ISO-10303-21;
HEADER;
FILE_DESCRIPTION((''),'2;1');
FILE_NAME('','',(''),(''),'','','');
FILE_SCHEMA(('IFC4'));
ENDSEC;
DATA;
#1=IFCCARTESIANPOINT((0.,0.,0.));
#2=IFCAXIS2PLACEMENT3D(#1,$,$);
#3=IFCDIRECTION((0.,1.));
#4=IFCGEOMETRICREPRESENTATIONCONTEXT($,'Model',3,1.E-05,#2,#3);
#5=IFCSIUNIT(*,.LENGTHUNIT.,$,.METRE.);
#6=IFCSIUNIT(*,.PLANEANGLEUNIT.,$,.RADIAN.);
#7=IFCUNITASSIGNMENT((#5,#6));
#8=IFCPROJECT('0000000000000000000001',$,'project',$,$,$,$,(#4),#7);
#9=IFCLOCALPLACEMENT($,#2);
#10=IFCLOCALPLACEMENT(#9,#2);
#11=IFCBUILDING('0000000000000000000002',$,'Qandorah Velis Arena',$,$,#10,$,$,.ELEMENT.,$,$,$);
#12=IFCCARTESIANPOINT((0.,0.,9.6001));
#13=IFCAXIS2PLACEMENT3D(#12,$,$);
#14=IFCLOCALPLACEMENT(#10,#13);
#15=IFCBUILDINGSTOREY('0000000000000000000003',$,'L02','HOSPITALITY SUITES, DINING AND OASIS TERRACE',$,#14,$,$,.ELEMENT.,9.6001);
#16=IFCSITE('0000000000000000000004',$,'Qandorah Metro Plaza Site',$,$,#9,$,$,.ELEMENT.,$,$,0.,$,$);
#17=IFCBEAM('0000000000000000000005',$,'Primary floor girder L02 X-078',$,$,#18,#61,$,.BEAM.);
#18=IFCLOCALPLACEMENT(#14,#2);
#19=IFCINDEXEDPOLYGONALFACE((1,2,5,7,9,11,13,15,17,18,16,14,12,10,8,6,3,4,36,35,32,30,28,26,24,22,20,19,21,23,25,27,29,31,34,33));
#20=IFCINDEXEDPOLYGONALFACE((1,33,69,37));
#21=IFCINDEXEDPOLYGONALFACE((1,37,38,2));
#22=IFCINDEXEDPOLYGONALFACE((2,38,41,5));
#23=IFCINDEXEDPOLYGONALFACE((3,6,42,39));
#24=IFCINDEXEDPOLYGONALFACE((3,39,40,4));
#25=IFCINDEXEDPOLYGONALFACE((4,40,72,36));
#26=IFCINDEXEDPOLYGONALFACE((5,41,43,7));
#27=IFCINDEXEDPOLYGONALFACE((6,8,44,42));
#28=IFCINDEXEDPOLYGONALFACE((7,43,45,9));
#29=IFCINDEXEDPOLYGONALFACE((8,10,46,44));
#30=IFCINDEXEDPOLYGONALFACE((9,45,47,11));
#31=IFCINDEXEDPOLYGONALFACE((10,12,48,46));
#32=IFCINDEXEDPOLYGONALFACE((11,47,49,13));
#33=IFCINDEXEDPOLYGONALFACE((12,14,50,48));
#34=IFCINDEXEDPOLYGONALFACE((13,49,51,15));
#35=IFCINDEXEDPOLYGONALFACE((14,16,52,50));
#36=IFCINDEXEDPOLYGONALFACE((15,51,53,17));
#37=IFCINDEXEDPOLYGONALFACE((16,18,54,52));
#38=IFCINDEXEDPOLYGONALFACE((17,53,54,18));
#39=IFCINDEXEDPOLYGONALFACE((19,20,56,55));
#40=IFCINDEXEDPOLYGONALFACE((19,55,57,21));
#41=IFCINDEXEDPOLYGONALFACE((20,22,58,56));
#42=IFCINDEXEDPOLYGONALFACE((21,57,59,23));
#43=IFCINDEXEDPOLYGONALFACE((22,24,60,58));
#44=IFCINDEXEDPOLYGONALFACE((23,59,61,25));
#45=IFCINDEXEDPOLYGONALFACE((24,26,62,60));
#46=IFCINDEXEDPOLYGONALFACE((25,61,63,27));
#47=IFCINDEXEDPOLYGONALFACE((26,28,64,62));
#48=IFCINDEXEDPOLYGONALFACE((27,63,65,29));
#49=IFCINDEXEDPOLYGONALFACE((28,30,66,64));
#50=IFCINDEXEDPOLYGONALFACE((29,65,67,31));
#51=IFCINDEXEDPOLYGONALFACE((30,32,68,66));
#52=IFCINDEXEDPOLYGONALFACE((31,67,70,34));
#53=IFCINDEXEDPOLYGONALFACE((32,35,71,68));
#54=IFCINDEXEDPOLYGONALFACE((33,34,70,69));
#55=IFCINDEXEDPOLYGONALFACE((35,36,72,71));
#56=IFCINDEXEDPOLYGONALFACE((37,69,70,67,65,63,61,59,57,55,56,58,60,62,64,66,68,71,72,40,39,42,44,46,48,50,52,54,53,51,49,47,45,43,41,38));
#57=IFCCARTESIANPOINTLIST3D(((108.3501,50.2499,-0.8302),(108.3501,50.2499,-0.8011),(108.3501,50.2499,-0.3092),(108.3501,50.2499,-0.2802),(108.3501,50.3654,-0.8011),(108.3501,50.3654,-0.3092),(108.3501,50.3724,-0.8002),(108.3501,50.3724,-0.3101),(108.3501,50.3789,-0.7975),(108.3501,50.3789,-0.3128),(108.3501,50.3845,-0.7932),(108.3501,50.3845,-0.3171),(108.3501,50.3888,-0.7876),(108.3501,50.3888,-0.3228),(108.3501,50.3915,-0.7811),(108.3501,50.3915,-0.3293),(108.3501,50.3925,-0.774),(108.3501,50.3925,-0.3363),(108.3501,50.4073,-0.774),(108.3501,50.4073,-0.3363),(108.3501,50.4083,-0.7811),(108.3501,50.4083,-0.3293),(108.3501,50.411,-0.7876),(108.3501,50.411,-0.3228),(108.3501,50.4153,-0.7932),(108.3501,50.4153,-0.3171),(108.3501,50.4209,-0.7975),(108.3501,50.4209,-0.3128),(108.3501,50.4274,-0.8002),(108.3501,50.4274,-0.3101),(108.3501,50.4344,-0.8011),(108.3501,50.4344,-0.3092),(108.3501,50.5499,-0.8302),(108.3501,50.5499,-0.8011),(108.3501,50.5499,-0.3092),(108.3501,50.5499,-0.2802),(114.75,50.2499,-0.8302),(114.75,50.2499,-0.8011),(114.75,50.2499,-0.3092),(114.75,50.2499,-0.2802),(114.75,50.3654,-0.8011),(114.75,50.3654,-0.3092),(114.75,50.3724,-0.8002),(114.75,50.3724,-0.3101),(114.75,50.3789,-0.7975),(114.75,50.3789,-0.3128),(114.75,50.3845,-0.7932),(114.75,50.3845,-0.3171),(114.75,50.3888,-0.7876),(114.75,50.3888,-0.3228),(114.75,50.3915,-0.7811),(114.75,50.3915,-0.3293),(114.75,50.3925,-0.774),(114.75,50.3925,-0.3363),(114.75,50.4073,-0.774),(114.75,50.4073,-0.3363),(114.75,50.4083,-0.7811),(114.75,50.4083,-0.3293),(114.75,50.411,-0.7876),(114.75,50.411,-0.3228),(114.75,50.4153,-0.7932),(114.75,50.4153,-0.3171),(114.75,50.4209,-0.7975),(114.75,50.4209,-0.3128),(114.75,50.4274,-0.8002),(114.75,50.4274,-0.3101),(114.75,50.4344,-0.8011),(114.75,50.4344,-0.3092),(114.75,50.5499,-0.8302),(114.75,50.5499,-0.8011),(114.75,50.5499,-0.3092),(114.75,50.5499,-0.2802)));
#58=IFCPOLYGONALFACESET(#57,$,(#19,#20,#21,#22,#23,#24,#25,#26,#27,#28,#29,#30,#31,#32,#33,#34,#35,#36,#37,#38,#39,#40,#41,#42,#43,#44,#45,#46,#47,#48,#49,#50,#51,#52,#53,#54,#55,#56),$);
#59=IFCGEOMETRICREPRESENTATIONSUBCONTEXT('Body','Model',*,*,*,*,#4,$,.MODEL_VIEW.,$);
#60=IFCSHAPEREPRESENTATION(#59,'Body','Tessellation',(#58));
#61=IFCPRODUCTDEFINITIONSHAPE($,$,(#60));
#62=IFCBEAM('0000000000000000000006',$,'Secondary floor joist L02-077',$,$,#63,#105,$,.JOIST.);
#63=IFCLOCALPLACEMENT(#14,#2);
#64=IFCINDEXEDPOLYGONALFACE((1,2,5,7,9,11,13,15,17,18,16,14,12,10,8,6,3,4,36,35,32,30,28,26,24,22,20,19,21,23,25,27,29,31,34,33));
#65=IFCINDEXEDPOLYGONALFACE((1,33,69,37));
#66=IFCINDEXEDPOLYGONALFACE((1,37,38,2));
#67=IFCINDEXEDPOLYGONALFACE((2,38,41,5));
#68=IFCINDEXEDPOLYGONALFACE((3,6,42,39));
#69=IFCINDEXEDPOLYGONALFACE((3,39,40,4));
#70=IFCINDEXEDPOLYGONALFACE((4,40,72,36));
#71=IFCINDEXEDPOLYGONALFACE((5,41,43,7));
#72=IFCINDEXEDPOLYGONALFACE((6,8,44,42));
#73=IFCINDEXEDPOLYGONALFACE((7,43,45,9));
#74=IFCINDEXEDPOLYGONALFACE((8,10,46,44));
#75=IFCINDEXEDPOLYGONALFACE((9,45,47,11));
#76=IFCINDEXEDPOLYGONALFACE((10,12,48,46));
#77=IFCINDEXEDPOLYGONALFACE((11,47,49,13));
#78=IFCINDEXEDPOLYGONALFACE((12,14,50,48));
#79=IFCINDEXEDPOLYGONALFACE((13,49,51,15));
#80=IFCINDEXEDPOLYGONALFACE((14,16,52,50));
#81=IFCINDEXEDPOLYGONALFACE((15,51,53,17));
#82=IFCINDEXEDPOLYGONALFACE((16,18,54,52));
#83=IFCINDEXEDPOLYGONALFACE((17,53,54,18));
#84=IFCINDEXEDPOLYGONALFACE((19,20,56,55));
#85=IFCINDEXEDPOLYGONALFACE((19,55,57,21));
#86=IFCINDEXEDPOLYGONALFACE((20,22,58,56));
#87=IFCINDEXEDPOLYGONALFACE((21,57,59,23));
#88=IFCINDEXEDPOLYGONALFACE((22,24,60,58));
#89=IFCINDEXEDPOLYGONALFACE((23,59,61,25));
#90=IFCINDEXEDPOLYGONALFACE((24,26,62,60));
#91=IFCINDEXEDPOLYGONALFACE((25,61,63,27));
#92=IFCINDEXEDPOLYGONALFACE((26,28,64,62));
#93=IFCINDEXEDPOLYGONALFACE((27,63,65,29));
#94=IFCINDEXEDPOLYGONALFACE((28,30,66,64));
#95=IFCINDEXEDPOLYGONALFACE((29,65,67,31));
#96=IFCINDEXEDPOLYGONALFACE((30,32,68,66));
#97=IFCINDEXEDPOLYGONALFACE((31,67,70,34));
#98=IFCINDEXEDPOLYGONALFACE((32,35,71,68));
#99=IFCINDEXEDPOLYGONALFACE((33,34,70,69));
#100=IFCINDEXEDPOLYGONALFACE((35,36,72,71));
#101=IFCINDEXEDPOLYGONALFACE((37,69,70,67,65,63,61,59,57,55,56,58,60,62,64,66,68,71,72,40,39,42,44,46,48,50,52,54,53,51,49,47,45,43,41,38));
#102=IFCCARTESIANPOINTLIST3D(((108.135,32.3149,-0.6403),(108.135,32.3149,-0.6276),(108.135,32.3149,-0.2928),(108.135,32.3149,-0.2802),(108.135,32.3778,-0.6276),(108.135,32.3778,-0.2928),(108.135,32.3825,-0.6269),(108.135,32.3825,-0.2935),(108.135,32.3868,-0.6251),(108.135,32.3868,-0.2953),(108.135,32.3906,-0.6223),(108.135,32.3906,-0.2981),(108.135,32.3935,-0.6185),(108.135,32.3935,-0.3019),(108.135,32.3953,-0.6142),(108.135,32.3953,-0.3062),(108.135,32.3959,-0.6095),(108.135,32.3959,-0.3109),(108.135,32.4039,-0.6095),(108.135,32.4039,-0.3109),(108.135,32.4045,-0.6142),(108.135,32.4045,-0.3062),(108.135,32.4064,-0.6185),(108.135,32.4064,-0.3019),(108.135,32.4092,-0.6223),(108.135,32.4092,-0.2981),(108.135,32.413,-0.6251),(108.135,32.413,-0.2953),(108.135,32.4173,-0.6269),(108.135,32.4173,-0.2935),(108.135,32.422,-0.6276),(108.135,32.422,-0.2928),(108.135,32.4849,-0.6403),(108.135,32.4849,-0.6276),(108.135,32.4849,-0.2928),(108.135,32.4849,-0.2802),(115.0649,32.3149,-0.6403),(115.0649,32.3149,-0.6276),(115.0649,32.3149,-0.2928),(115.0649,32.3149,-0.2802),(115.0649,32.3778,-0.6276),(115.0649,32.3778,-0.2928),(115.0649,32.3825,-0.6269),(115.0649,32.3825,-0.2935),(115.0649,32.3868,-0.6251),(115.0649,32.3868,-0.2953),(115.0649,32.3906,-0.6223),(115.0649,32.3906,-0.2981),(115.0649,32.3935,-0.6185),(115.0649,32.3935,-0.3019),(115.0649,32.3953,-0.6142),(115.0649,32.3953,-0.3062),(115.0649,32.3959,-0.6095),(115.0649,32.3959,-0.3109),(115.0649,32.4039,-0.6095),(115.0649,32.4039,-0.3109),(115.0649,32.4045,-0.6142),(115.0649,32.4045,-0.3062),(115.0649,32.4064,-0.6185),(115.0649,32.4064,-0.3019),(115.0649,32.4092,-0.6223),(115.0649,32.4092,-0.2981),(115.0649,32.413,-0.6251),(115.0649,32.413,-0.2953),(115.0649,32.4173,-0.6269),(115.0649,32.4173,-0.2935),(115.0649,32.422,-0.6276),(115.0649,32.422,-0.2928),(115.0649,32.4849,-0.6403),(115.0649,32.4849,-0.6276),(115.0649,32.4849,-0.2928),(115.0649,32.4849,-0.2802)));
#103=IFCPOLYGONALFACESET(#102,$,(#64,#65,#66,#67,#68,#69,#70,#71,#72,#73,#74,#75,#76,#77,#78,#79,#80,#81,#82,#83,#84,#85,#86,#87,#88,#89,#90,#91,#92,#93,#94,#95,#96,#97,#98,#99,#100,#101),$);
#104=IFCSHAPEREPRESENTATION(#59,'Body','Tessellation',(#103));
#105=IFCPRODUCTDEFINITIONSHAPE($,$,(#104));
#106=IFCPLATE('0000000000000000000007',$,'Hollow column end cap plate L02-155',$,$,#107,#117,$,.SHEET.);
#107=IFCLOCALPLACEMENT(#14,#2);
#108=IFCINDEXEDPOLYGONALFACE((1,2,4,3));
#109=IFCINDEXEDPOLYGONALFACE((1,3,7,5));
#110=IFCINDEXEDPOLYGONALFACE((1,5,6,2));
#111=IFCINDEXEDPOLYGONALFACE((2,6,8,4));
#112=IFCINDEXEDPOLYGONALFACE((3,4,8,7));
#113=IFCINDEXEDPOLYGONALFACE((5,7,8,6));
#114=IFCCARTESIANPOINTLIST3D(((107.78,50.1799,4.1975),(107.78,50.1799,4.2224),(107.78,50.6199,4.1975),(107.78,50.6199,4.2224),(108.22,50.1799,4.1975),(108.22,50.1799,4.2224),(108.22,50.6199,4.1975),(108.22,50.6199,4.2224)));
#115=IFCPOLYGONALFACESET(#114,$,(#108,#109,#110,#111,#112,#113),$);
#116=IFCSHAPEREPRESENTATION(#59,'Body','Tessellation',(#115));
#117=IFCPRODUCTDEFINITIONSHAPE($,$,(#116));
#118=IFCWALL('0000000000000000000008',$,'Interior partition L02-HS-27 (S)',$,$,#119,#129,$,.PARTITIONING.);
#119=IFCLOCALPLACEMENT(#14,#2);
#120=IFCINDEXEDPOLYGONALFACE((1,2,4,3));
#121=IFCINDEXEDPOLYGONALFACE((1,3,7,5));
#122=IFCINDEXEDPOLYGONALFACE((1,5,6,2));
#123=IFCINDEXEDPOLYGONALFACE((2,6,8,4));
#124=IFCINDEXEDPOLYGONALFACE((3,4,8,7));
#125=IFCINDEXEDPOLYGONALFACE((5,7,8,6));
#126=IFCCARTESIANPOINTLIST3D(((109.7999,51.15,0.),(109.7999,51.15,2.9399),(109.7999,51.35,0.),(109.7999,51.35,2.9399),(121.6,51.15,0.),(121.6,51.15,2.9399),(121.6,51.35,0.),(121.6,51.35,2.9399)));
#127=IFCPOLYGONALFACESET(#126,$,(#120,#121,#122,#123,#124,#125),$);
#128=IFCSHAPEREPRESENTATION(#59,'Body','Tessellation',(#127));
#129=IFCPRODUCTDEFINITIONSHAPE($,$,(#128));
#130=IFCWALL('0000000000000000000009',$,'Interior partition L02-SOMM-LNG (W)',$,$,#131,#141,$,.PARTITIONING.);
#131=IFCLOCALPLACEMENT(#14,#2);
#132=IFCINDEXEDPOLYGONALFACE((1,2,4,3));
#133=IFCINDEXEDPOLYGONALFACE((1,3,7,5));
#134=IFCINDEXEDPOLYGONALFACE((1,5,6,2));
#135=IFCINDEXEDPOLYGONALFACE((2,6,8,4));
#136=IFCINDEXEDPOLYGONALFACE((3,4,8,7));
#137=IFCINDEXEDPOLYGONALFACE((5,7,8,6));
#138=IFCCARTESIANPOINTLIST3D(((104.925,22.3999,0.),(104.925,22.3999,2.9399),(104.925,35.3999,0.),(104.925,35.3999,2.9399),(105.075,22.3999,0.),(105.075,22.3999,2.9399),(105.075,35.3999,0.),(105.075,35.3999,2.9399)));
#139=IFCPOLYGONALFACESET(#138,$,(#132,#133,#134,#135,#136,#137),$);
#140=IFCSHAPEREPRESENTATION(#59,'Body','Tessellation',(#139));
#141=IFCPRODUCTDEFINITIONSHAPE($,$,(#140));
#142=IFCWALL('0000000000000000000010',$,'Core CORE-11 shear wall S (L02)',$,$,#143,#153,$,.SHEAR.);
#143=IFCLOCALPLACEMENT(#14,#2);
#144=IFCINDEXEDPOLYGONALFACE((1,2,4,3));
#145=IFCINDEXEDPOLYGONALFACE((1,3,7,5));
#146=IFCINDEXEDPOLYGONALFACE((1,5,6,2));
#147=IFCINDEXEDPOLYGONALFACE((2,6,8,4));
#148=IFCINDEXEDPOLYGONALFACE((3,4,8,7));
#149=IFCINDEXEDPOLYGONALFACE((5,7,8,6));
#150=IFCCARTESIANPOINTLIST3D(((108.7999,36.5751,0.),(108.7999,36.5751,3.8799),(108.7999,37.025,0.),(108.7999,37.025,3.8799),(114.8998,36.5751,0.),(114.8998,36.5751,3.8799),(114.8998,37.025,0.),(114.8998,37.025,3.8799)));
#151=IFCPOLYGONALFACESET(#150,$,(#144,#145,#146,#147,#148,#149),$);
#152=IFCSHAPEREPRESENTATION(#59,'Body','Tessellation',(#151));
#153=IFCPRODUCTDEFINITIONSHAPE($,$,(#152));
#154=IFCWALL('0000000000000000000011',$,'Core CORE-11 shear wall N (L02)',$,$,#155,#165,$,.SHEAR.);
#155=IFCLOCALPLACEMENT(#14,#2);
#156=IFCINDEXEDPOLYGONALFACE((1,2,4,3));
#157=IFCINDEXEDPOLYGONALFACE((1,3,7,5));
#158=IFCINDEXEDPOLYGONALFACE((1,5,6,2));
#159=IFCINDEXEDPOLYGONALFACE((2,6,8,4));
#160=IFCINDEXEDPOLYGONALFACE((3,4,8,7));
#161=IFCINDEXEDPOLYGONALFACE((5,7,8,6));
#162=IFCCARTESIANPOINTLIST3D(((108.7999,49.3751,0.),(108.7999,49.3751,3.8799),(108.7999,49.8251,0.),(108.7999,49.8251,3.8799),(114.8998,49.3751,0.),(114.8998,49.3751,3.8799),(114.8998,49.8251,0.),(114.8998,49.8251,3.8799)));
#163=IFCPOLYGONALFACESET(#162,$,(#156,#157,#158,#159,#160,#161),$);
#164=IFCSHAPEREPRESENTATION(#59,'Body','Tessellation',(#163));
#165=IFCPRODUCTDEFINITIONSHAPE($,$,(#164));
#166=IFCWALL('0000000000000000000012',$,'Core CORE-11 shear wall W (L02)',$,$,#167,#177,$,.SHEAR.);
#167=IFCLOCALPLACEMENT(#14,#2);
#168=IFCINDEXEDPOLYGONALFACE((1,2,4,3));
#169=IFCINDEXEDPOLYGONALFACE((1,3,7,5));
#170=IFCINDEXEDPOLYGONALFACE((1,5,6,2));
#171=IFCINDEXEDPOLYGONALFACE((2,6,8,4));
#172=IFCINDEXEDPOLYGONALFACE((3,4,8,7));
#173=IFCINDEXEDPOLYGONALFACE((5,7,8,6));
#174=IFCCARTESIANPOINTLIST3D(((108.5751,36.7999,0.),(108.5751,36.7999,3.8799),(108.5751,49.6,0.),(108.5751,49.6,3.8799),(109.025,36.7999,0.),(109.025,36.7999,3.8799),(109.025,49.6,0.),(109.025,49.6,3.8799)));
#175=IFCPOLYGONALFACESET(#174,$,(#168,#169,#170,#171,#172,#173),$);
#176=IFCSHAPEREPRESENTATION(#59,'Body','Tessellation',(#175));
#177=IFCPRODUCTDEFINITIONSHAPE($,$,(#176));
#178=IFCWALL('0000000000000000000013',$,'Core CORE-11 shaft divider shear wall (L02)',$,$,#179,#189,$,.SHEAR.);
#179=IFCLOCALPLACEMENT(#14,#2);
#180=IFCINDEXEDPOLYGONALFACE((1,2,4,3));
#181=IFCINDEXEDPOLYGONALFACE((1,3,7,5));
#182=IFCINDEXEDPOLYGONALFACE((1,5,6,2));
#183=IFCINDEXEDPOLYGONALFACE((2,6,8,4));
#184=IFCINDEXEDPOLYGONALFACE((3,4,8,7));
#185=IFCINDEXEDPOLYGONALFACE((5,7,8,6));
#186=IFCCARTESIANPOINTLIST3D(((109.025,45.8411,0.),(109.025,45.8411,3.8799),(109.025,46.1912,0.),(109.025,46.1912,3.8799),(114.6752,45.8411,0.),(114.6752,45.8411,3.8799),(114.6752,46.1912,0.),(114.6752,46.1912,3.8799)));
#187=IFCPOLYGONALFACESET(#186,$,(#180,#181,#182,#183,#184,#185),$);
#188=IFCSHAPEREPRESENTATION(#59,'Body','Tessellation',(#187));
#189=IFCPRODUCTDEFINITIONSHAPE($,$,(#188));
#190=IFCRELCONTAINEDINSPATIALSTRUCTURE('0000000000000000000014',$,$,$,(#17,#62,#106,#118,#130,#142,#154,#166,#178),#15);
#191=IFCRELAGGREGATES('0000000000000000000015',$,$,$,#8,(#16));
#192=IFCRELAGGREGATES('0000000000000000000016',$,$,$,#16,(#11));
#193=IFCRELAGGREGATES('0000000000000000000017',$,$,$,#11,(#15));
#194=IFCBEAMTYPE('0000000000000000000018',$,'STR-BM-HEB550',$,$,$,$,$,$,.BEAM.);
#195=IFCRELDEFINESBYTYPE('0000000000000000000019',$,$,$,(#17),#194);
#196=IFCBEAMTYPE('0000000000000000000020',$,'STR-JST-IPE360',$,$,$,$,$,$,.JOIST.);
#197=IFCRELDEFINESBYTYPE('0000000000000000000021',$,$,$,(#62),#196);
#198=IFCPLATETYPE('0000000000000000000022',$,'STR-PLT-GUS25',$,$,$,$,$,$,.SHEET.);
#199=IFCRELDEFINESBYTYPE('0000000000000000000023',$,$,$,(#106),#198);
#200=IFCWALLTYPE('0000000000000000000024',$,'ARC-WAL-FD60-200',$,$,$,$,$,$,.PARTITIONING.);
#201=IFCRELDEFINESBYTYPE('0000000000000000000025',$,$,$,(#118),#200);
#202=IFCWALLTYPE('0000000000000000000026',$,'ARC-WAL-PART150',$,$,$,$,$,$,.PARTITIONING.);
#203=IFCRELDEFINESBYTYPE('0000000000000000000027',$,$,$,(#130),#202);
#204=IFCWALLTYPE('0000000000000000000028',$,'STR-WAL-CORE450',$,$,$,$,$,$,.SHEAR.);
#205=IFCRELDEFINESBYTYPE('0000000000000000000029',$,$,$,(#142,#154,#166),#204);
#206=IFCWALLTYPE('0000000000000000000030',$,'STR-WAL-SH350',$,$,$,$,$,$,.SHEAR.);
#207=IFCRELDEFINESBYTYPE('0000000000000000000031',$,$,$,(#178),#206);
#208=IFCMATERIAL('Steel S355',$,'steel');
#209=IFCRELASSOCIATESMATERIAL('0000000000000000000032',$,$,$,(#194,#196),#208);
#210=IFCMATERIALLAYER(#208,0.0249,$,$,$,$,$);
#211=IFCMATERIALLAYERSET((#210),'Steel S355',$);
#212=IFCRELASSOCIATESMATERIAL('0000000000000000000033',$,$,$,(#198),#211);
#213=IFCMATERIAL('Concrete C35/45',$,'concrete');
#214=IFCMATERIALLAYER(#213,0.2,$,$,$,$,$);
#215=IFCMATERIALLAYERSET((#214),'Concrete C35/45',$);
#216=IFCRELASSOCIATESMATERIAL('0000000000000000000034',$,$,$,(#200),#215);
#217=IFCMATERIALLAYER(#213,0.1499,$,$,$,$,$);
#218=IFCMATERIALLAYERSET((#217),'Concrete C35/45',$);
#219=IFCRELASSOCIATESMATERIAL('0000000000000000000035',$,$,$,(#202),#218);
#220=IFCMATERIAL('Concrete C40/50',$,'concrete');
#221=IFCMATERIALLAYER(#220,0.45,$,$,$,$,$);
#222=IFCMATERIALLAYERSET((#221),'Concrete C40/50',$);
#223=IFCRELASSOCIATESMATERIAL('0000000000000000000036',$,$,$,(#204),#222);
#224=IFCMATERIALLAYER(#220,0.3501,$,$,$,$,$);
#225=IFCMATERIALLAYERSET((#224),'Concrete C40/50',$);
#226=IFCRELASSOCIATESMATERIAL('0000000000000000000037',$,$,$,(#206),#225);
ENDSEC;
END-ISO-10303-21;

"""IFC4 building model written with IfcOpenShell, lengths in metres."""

from ifc_helpers import new_model, si_unit, direction, frame, frame_2d, origin, origin_2d, place, context, subcontext, project, spatial, rectangle, i_section, extrude, material, layer, layer_set, material_profile, profile_set, type_object, element, save


model = new_model("IFC4")

# Units and contexts
model_context = context("Model", 3, precision=1e-05, world=origin(), true_north=direction((0.0, 1.0)))
body_context = subcontext(model_context, "Body", "Model", "MODEL_VIEW")
ifc_project = project(units=[si_unit("LENGTHUNIT", "METRE"), si_unit("PLANEANGLEUNIT", "RADIAN")], contexts=[model_context])

# Site, building, storey
site_placement = place(None, origin())
site = spatial("IfcSite", under=ifc_project, at=site_placement, Name="Qandorah Metro Plaza Site", CompositionType="ELEMENT", RefElevation=0.0)
building_placement = place(site_placement, origin())
building = spatial("IfcBuilding", under=site, at=building_placement, Name="Qandorah Velis Arena", CompositionType="ELEMENT")
storey_placement = place(building_placement, frame((0.0, 0.0, 9.6001)))
storey = spatial("IfcBuildingStorey", under=building, at=storey_placement, Name="L02", Description="HOSPITALITY SUITES, DINING AND OASIS TERRACE", CompositionType="ELEMENT", Elevation=9.6001)

# Shared definitions
ifc_material_1 = material(Name="Concrete C40/50", Category="concrete")
ifc_material_2 = material(Name="Steel S355", Category="steel")

# Beams
ifc_material_profile_1 = material_profile(ifc_material_2, i_section(OverallWidth=0.3, OverallDepth=0.55, WebThickness=0.0149, FlangeThickness=0.0291, FilletRadius=0.0271, at=origin_2d()), Name="HEB 550")
ifc_profile_set_1 = profile_set([ifc_material_profile_1], Name="Steel S355")
beam_type_1 = type_object("IfcBeamType", Name="STR-BM-HEB550", PredefinedType="BEAM", material=ifc_profile_set_1)
beam_1_placement = place(storey_placement, frame((108.3501, 50.3999, -0.5552), z_axis=(1.0, 0.0, 0.0), x_axis=(0.0, 1.0, 0.0)))
element("IfcBeam", 1, at=beam_1_placement, inside=storey, type_object=beam_type_1, Name="Primary floor girder L02 X-078", PredefinedType="BEAM", context=body_context, shape_type="SweptSolid", body=[
    extrude(i_section(OverallWidth=0.3, OverallDepth=0.55, WebThickness=0.0149, FlangeThickness=0.0291, FilletRadius=0.0271, at=origin_2d()), origin(), (0.0, 0.0, 1.0), 6.3999),
])
ifc_material_profile_2 = material_profile(ifc_material_2, i_section(OverallWidth=0.1699, OverallDepth=0.3601, WebThickness=0.0081, FlangeThickness=0.0127, FilletRadius=0.0181, at=origin_2d()), Name="IPE 360")
ifc_profile_set_2 = profile_set([ifc_material_profile_2], Name="Steel S355")
beam_type_2 = type_object("IfcBeamType", Name="STR-JST-IPE360", PredefinedType="JOIST", material=ifc_profile_set_2)
beam_2_placement = place(storey_placement, frame((108.135, 32.3999, -0.4602), z_axis=(1.0, 0.0, 0.0), x_axis=(0.0, 1.0, 0.0)))
element("IfcBeam", 2, at=beam_2_placement, inside=storey, type_object=beam_type_2, Name="Secondary floor joist L02-077", PredefinedType="JOIST", context=body_context, shape_type="SweptSolid", body=[
    extrude(i_section(OverallWidth=0.1699, OverallDepth=0.3601, WebThickness=0.0081, FlangeThickness=0.0127, FilletRadius=0.0181, at=origin_2d()), origin(), (0.0, 0.0, 1.0), 6.9299),
])

# Plate
ifc_layer_1 = layer(ifc_material_2, 0.0249)
ifc_layer_set_1 = layer_set([ifc_layer_1], Name="Steel S355")
plate_type = type_object("IfcPlateType", Name="STR-PLT-GUS25", PredefinedType="SHEET", material=ifc_layer_set_1)
plate_placement = place(storey_placement, frame((108.0, 50.3999, 4.1975), z_axis=(0.0, 0.0, 1.0), x_axis=(1.0, 0.0, 0.0)))
element("IfcPlate", 3, at=plate_placement, inside=storey, type_object=plate_type, Name="Hollow column end cap plate L02-155", PredefinedType="SHEET", context=body_context, shape_type="SweptSolid", body=[
    extrude(rectangle(XDim=0.4399, YDim=0.4399, at=origin_2d()), origin(), (0.0, 0.0, 1.0), 0.0249),
])

# Walls
ifc_material_3 = material(Name="Concrete C35/45", Category="concrete")
ifc_layer_2 = layer(ifc_material_3, 0.2)
ifc_layer_set_2 = layer_set([ifc_layer_2], Name="Concrete C35/45")
wall_type_1 = type_object("IfcWallType", Name="ARC-WAL-FD60-200", PredefinedType="PARTITIONING", material=ifc_layer_set_2)
wall_1_placement = place(storey_placement, frame((109.8, 51.25, 0.0), z_axis=(0.0, 0.0, 1.0), x_axis=(1.0, 0.0, 0.0)))
element("IfcWall", 4, at=wall_1_placement, inside=storey, type_object=wall_type_1, Name="Interior partition L02-HS-27 (S)", PredefinedType="PARTITIONING", context=body_context, shape_type="SweptSolid", body=[
    extrude(rectangle(XDim=11.8, YDim=0.2, at=frame_2d((5.8999, 0.0))), origin(), (0.0, 0.0, 1.0), 2.9399),
])
ifc_layer_3 = layer(ifc_material_3, 0.1499)
ifc_layer_set_3 = layer_set([ifc_layer_3], Name="Concrete C35/45")
wall_type_2 = type_object("IfcWallType", Name="ARC-WAL-PART150", PredefinedType="PARTITIONING", material=ifc_layer_set_3)
wall_2_placement = place(storey_placement, frame((105.0, 35.3999, 0.0), z_axis=(0.0, 0.0, 1.0), x_axis=(0.0, -1.0, 0.0)))
element("IfcWall", 5, at=wall_2_placement, inside=storey, type_object=wall_type_2, Name="Interior partition L02-SOMM-LNG (W)", PredefinedType="PARTITIONING", context=body_context, shape_type="SweptSolid", body=[
    extrude(rectangle(XDim=13.0, YDim=0.1499, at=frame_2d((6.5, 0.0))), origin(), (0.0, 0.0, 1.0), 2.9399),
])
ifc_layer_4 = layer(ifc_material_1, 0.45)
ifc_layer_set_4 = layer_set([ifc_layer_4], Name="Concrete C40/50")
wall_type_3 = type_object("IfcWallType", Name="STR-WAL-CORE450", PredefinedType="SHEAR", material=ifc_layer_set_4)
for number, where, z_axis, x_axis, name in (
    (6, (108.8, 36.8, 0.0), (0.0, 0.0, 1.0), (1.0, 0.0, 0.0), "Core CORE-11 shear wall S (L02)"),
    (7, (108.8, 49.6001, 0.0), (0.0, 0.0, 1.0), (1.0, 0.0, 0.0), "Core CORE-11 shear wall N (L02)"),
):
    element("IfcWall", number, at=place(storey_placement, frame(where, z_axis=z_axis, x_axis=x_axis)), inside=storey, type_object=wall_type_3, Name=name, PredefinedType="SHEAR", context=body_context, shape_type="SweptSolid", body=[
        extrude(rectangle(XDim=6.0999, YDim=0.45, at=frame_2d((3.0498, 0.0))), origin(), (0.0, 0.0, 1.0), 3.8799),
    ])
wall_3_placement = place(storey_placement, frame((108.8, 36.8, 0.0), z_axis=(0.0, 0.0, 1.0), x_axis=(0.0, 1.0, 0.0)))
element("IfcWall", 8, at=wall_3_placement, inside=storey, type_object=wall_type_3, Name="Core CORE-11 shear wall W (L02)", PredefinedType="SHEAR", context=body_context, shape_type="SweptSolid", body=[
    extrude(rectangle(XDim=12.8, YDim=0.45, at=frame_2d((6.3999, 0.0))), origin(), (0.0, 0.0, 1.0), 3.8799),
])
ifc_layer_5 = layer(ifc_material_1, 0.3501)
ifc_layer_set_5 = layer_set([ifc_layer_5], Name="Concrete C40/50")
wall_type_4 = type_object("IfcWallType", Name="STR-WAL-SH350", PredefinedType="SHEAR", material=ifc_layer_set_5)
wall_4_placement = place(storey_placement, frame((109.0249, 46.0161, 0.0), z_axis=(0.0, 0.0, 1.0), x_axis=(1.0, 0.0, 0.0)))
element("IfcWall", 9, at=wall_4_placement, inside=storey, type_object=wall_type_4, Name="Core CORE-11 shaft divider shear wall (L02)", PredefinedType="SHEAR", context=body_context, shape_type="SweptSolid", body=[
    extrude(rectangle(XDim=5.6501, YDim=0.3501, at=frame_2d((2.8252, 0.0))), origin(), (0.0, 0.0, 1.0), 3.8799),
])

save(model, "model.ifc")
